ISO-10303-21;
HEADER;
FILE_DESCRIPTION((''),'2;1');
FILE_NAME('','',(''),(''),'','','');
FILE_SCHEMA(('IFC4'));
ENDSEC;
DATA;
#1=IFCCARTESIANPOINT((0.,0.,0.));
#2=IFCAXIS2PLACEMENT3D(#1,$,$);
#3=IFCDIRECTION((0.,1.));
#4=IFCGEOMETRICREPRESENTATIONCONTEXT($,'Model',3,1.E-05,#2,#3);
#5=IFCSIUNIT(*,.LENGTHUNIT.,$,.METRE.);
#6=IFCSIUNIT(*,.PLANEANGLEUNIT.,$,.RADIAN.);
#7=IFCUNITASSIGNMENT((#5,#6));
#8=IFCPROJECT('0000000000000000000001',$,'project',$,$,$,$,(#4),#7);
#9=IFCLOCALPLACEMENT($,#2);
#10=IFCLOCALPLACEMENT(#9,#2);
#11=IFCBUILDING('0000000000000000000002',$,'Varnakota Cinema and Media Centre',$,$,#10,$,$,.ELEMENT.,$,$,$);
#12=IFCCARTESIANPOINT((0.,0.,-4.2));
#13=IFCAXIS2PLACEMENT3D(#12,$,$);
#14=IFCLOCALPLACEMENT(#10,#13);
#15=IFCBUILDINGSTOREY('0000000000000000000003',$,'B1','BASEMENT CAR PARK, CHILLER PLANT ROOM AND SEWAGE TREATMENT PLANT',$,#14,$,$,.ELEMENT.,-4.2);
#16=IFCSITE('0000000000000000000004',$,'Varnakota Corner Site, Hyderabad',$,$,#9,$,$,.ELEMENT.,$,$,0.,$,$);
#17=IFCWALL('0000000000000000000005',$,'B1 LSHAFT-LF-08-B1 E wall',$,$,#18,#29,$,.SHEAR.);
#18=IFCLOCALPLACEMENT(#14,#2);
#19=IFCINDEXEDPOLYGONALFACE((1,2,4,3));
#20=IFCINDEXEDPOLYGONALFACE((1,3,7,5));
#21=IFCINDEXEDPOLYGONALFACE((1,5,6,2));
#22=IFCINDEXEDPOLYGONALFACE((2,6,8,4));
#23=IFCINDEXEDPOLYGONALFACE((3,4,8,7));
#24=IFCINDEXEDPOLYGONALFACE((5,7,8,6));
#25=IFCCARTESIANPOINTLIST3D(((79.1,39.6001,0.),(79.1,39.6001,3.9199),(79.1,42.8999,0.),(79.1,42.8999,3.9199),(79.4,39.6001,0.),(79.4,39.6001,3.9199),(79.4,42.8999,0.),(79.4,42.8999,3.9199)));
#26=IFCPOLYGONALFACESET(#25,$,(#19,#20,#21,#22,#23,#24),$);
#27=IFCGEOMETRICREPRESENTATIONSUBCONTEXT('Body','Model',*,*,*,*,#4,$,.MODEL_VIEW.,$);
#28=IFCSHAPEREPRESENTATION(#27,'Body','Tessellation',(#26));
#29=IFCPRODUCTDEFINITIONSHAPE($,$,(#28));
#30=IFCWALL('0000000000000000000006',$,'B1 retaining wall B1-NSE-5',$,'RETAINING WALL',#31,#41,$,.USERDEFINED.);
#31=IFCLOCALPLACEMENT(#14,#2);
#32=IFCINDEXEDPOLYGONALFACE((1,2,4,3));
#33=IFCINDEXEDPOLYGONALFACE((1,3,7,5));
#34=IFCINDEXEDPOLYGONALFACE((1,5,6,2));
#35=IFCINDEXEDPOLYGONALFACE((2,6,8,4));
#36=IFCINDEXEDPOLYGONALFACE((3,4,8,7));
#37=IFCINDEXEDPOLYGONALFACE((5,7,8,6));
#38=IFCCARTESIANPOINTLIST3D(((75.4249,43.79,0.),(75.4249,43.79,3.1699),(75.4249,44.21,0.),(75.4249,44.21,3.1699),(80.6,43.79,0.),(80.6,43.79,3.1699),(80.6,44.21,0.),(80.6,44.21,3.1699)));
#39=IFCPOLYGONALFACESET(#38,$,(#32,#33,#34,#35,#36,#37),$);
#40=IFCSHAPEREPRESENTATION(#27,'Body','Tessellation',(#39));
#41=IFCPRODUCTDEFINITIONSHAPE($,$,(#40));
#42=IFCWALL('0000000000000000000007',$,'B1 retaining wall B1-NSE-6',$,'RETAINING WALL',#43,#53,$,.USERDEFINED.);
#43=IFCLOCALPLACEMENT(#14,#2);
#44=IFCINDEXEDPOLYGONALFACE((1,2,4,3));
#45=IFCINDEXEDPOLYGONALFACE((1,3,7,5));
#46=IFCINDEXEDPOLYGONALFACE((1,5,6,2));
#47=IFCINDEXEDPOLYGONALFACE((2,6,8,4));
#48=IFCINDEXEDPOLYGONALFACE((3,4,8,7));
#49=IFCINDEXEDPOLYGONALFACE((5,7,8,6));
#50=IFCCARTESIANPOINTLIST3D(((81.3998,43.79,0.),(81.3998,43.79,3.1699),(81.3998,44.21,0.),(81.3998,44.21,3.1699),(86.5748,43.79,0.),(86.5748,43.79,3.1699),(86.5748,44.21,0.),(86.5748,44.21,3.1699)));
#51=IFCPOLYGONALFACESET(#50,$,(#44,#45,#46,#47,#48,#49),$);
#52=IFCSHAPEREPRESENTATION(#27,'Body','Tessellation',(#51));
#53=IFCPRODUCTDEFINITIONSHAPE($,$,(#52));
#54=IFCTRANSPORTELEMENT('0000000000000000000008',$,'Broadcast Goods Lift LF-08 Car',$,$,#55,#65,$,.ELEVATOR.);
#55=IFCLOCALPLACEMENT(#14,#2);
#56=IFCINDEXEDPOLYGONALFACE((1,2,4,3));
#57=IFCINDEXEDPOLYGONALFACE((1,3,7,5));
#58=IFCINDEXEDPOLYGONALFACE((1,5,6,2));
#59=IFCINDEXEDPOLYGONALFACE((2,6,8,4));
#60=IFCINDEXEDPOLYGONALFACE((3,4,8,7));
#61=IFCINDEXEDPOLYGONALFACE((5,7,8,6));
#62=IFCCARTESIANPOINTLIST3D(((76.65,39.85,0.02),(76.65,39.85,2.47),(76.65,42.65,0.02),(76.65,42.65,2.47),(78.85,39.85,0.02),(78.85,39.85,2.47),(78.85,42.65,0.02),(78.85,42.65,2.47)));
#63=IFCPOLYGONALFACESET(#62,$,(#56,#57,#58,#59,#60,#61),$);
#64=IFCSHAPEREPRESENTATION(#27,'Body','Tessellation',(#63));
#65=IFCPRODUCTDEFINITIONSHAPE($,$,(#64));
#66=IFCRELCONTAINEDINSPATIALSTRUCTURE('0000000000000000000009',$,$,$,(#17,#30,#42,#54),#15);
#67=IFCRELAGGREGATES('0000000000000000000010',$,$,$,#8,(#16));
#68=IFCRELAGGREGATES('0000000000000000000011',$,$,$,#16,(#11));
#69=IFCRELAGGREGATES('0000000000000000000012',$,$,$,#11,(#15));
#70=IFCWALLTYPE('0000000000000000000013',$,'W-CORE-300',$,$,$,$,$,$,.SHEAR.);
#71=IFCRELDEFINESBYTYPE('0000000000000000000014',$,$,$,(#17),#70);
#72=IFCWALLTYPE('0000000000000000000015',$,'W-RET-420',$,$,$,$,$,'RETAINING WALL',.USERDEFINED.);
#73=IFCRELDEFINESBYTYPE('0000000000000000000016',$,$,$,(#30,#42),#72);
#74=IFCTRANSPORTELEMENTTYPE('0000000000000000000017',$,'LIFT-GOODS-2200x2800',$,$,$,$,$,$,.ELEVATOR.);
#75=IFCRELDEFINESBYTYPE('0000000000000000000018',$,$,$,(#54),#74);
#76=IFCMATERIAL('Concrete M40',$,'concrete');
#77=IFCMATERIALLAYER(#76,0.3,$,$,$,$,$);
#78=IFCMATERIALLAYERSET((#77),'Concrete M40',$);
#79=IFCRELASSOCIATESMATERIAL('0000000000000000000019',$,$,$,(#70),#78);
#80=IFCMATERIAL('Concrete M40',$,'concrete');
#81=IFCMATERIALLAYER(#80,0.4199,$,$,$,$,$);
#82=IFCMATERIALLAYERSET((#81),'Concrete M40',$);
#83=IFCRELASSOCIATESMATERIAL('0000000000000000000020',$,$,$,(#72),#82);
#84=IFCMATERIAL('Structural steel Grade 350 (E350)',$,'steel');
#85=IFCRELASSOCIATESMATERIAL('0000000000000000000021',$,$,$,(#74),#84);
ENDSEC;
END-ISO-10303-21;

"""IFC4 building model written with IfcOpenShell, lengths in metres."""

from ifc_helpers import new_model, si_unit, direction, frame, frame_2d, origin, origin_2d, place, context, subcontext, project, spatial, rectangle, extrude, material, layer, layer_set, type_object, element, save


model = new_model("IFC4")

# Units and contexts
model_context = context("Model", 3, precision=1e-05, world=origin(), true_north=direction((0.0, 1.0)))
body_context = subcontext(model_context, "Body", "Model", "MODEL_VIEW")
ifc_project = project(units=[si_unit("LENGTHUNIT", "METRE"), si_unit("PLANEANGLEUNIT", "RADIAN")], contexts=[model_context])

# Site, building, storey
site_placement = place(None, origin())
site = spatial("IfcSite", under=ifc_project, at=site_placement, Name="Varnakota Corner Site, Hyderabad", CompositionType="ELEMENT", RefElevation=0.0)
building_placement = place(site_placement, origin())
building = spatial("IfcBuilding", under=site, at=building_placement, Name="Varnakota Cinema and Media Centre", CompositionType="ELEMENT")
storey_placement = place(building_placement, frame((0.0, 0.0, -4.2)))
storey = spatial("IfcBuildingStorey", under=building, at=storey_placement, Name="B1", Description="BASEMENT CAR PARK, CHILLER PLANT ROOM AND SEWAGE TREATMENT PLANT", CompositionType="ELEMENT", Elevation=-4.2)

# Shared definitions
ifc_material_1 = material(Name="Concrete M40", Category="concrete")
ifc_layer_1 = layer(ifc_material_1, 0.3)
ifc_layer_set_1 = layer_set([ifc_layer_1], Name="Concrete M40")
wall_type_1 = type_object("IfcWallType", Name="W-CORE-300", PredefinedType="SHEAR", material=ifc_layer_set_1)

# Walls
wall_1_placement = place(storey_placement, frame((79.25, 42.8999, 0.0), z_axis=(0.0, 0.0, 1.0), x_axis=(0.0, -1.0, 0.0)))
element("IfcWall", 1, at=wall_1_placement, inside=storey, type_object=wall_type_1, Name="B1 LSHAFT-LF-08-B1 E wall", PredefinedType="SHEAR", context=body_context, shape_type="SweptSolid", body=[
    extrude(rectangle(XDim=3.2998, YDim=0.3, at=frame_2d((1.6499, 0.0))), origin(), (0.0, 0.0, 1.0), 3.9199),
])
ifc_material_2 = material(Name="Concrete M40", Category="concrete")
ifc_layer_2 = layer(ifc_material_2, 0.4199)
ifc_layer_set_2 = layer_set([ifc_layer_2], Name="Concrete M40")
wall_type_2 = type_object("IfcWallType", Name="W-RET-420", ElementType="RETAINING WALL", PredefinedType="USERDEFINED", material=ifc_layer_set_2)
for number, where, z_axis, x_axis, name in (
    (2, (75.425, 44.0, 0.0), (0.0, 0.0, 1.0), (1.0, 0.0, 0.0), "B1 retaining wall B1-NSE-5"),
    (3, (81.3999, 44.0, 0.0), (0.0, 0.0, 1.0), (1.0, 0.0, 0.0), "B1 retaining wall B1-NSE-6"),
):
    element("IfcWall", number, at=place(storey_placement, frame(where, z_axis=z_axis, x_axis=x_axis)), inside=storey, type_object=wall_type_2, Name=name, ObjectType="RETAINING WALL", PredefinedType="USERDEFINED", context=body_context, shape_type="SweptSolid", body=[
        extrude(rectangle(XDim=5.175, YDim=0.4199, at=frame_2d((2.5874, 0.0))), origin(), (0.0, 0.0, 1.0), 3.1699),
    ])

# Transport element
ifc_material_3 = material(Name="Structural steel Grade 350 (E350)", Category="steel")
transport_element_type = type_object("IfcTransportElementType", Name="LIFT-GOODS-2200x2800", PredefinedType="ELEVATOR", material=ifc_material_3)
transport_element_placement = place(storey_placement, frame((77.75, 41.25, 0.02), z_axis=(0.0, 0.0, 1.0), x_axis=(1.0, 0.0, 0.0)))
element("IfcTransportElement", 4, at=transport_element_placement, inside=storey, type_object=transport_element_type, Name="Broadcast Goods Lift LF-08 Car", PredefinedType="ELEVATOR", context=body_context, shape_type="SweptSolid", body=[
    extrude(rectangle(XDim=2.2, YDim=2.8, at=origin_2d()), origin(), (0.0, 0.0, 1.0), 2.45),
])

save(model, "model.ifc")
